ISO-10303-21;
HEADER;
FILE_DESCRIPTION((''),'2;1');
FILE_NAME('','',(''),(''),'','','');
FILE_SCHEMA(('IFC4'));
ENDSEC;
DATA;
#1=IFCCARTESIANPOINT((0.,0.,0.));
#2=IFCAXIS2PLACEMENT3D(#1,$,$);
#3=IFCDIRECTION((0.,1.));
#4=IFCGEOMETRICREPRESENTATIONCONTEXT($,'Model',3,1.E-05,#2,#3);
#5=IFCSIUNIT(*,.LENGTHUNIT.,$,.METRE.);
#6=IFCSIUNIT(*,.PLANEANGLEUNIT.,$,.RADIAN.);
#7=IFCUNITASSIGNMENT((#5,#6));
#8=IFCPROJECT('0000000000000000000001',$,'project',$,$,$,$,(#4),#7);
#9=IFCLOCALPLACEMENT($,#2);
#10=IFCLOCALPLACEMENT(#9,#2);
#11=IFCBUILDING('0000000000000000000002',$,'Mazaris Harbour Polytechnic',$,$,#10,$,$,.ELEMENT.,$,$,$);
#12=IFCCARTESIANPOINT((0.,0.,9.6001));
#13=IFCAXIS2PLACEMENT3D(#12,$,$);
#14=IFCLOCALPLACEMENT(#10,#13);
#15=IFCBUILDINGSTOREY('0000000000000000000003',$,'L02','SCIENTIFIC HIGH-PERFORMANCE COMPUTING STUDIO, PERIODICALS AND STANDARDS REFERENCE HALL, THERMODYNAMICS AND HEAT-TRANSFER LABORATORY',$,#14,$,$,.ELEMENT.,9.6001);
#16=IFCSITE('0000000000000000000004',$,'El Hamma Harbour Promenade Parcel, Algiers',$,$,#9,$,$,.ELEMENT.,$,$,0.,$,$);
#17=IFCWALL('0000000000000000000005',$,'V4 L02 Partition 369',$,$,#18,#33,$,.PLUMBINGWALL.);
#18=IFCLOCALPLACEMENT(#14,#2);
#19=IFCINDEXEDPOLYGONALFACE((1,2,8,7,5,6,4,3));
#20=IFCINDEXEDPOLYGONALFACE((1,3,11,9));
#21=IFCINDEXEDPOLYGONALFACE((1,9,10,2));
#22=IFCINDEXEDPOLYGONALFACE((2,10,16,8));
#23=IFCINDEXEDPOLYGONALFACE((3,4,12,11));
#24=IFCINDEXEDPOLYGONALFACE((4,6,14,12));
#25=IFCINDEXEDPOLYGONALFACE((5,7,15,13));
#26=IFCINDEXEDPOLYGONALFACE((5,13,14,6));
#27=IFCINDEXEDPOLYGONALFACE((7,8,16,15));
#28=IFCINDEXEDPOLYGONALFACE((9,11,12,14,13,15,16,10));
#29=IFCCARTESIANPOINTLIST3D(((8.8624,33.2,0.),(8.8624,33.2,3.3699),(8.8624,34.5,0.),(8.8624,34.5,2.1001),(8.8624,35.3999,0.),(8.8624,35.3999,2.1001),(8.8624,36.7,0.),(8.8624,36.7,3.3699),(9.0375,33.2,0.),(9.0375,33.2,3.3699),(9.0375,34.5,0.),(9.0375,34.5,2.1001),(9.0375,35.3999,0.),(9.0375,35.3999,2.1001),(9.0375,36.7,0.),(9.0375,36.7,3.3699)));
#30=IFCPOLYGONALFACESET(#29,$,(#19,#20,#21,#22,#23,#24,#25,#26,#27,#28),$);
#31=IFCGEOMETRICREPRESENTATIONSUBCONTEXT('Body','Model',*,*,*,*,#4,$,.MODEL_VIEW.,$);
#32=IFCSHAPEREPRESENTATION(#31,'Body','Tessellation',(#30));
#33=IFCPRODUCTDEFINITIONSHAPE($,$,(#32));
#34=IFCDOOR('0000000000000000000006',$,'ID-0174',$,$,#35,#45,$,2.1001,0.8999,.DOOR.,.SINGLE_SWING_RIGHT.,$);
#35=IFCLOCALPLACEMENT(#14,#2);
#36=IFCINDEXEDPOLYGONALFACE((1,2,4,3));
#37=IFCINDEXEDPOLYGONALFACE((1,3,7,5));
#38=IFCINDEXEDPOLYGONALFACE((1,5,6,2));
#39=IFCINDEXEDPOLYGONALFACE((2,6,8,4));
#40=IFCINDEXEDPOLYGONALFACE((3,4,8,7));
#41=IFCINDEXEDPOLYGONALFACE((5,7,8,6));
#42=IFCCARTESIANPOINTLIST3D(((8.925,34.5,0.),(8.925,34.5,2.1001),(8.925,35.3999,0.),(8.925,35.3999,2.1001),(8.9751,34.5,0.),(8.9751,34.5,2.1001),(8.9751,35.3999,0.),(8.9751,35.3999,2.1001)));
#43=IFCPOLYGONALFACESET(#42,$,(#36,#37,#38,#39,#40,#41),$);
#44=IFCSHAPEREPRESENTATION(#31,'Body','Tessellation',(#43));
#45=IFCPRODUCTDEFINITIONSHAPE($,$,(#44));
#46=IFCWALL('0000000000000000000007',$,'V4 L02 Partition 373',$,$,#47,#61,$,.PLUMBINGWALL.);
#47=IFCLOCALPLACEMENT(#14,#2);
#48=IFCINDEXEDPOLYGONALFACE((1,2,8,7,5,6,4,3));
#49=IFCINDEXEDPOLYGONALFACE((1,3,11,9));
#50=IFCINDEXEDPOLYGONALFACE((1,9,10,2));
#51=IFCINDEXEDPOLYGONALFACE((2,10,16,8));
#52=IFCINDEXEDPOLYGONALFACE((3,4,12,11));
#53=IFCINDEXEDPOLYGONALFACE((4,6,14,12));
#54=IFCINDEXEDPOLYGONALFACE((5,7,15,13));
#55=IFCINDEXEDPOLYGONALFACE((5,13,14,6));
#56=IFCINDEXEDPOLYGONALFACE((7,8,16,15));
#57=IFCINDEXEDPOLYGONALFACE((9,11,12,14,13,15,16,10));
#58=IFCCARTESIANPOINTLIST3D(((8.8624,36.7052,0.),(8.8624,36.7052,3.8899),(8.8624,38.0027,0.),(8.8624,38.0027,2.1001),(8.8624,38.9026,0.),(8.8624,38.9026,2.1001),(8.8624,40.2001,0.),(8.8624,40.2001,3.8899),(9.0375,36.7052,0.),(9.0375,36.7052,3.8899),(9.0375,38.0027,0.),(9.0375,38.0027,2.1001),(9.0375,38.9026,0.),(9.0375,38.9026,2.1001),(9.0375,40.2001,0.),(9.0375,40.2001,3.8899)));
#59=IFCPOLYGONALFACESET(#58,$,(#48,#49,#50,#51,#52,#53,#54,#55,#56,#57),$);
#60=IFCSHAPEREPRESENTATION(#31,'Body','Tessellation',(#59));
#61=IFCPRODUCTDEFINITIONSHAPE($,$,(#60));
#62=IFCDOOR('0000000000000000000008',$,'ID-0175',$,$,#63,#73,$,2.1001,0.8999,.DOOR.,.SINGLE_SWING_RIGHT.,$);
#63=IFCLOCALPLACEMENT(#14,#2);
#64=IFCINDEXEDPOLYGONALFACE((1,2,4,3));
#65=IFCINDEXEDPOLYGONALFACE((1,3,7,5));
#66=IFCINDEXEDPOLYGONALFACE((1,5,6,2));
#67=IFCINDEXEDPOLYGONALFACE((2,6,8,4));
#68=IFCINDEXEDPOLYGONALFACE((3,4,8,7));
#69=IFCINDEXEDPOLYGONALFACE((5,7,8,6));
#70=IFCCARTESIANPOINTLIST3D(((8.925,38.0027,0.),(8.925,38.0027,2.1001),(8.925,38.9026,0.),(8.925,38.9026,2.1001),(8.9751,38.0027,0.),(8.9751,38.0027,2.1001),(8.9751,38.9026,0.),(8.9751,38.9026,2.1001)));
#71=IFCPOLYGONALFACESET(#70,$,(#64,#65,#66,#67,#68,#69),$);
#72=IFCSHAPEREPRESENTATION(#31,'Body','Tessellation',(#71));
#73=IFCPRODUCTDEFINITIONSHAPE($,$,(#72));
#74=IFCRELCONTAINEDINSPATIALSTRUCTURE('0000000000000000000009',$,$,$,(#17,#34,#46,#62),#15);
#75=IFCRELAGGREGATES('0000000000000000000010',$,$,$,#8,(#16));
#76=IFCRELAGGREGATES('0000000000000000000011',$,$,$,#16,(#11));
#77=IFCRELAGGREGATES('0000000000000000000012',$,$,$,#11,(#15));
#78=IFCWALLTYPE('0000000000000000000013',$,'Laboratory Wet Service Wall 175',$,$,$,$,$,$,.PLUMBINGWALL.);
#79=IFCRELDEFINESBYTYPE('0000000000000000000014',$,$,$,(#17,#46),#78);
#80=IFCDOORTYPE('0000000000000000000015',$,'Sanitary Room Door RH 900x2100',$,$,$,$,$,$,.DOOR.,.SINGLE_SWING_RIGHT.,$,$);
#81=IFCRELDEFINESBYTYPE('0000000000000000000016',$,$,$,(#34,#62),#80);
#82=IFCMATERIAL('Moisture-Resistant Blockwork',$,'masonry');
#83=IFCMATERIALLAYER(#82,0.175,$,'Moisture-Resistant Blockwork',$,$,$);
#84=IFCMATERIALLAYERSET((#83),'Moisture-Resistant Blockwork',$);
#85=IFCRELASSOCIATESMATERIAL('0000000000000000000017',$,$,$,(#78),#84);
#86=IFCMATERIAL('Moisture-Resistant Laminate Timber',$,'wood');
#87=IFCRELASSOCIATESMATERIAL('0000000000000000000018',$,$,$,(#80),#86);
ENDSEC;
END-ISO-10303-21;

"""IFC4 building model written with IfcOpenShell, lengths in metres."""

from ifc_helpers import new_model, si_unit, direction, frame, frame_2d, origin, place, context, subcontext, project, spatial, rectangle, extrude, material, layer, layer_set, type_object, element, fill, save


model = new_model("IFC4")

# Units and contexts
model_context = context("Model", 3, precision=1e-05, world=origin(), true_north=direction((0.0, 1.0)))
body_context = subcontext(model_context, "Body", "Model", "MODEL_VIEW")
ifc_project = project(units=[si_unit("LENGTHUNIT", "METRE"), si_unit("PLANEANGLEUNIT", "RADIAN")], contexts=[model_context])

# Site, building, storey
site_placement = place(None, origin())
site = spatial("IfcSite", under=ifc_project, at=site_placement, Name="El Hamma Harbour Promenade Parcel, Algiers", CompositionType="ELEMENT", RefElevation=0.0)
building_placement = place(site_placement, origin())
building = spatial("IfcBuilding", under=site, at=building_placement, Name="Mazaris Harbour Polytechnic", CompositionType="ELEMENT")
storey_placement = place(building_placement, frame((0.0, 0.0, 9.6001)))
storey = spatial("IfcBuildingStorey", under=building, at=storey_placement, Name="L02", Description="SCIENTIFIC HIGH-PERFORMANCE COMPUTING STUDIO, PERIODICALS AND STANDARDS REFERENCE HALL, THERMODYNAMICS AND HEAT-TRANSFER LABORATORY", CompositionType="ELEMENT", Elevation=9.6001)

# Walls, openings, doors
ifc_material_1 = material(Name="Moisture-Resistant Blockwork", Category="masonry")
ifc_layer_1 = layer(ifc_material_1, 0.175, Name="Moisture-Resistant Blockwork")
ifc_layer_set_1 = layer_set([ifc_layer_1], Name="Moisture-Resistant Blockwork")
wall_type = type_object("IfcWallType", Name="Laboratory Wet Service Wall 175", PredefinedType="PLUMBINGWALL", material=ifc_layer_set_1)
wall_1_placement = place(storey_placement, frame((8.95, 33.2, 0.0), z_axis=(0.0, 0.0, 1.0), x_axis=(0.0, 1.0, 0.0)))
wall_1 = element("IfcWall", 1, at=wall_1_placement, inside=storey, type_object=wall_type, Name="V4 L02 Partition 369", PredefinedType="PLUMBINGWALL", context=body_context, shape_type="SweptSolid", body=[
    extrude(rectangle(XDim=3.5, YDim=0.175, at=frame_2d((1.75, 0.0))), origin(), (0.0, 0.0, 1.0), 3.3699),
])
opening_1_placement = place(wall_1_placement, frame((1.3, 0.0, 0.0)))
opening_1 = element("IfcOpeningElement", 2, at=opening_1_placement, cuts=wall_1, PredefinedType="OPENING", context=body_context, shape_type="SweptSolid", body=[
    extrude(rectangle(XDim=0.8999, YDim=2.1001, at=frame_2d((0.45, 1.05))), frame((0.0, 0.0974, 0.0), z_axis=(0.0, -1.0, 0.0), x_axis=(1.0, 0.0, 0.0)), (0.0, 0.0, 1.0), 0.1951),
])
ifc_material_2 = material(Name="Moisture-Resistant Laminate Timber", Category="wood")
door_type = type_object("IfcDoorType", Name="Sanitary Room Door RH 900x2100", OperationType="SINGLE_SWING_RIGHT", PredefinedType="DOOR", material=ifc_material_2)
door_1_placement = place(opening_1_placement, origin())
door_1 = element("IfcDoor", 3, at=door_1_placement, inside=storey, type_object=door_type, Name="ID-0174", OperationType="SINGLE_SWING_RIGHT", OverallHeight=2.1001, OverallWidth=0.8999, PredefinedType="DOOR", context=body_context, shape_type="SweptSolid", body=[
    extrude(rectangle(XDim=0.8999, YDim=2.1001, at=frame_2d((0.45, 1.05))), frame((0.0, 0.0249, 0.0), z_axis=(0.0, -1.0, 0.0), x_axis=(1.0, 0.0, 0.0)), (0.0, 0.0, 1.0), 0.05),
])
fill(opening_1, door_1)
wall_2_placement = place(storey_placement, frame((8.95, 36.7051, 0.0), z_axis=(0.0, 0.0, 1.0), x_axis=(0.0, 1.0, 0.0)))
wall_2 = element("IfcWall", 4, at=wall_2_placement, inside=storey, type_object=wall_type, Name="V4 L02 Partition 373", PredefinedType="PLUMBINGWALL", context=body_context, shape_type="SweptSolid", body=[
    extrude(rectangle(XDim=3.4949, YDim=0.175, at=frame_2d((1.7476, 0.0))), origin(), (0.0, 0.0, 1.0), 3.8899),
])
opening_2_placement = place(wall_2_placement, frame((1.2976, 0.0, 0.0)))
opening_2 = element("IfcOpeningElement", 5, at=opening_2_placement, cuts=wall_2, PredefinedType="OPENING", context=body_context, shape_type="SweptSolid", body=[
    extrude(rectangle(XDim=0.8999, YDim=2.1001, at=frame_2d((0.45, 1.05))), frame((0.0, 0.0974, 0.0), z_axis=(0.0, -1.0, 0.0), x_axis=(1.0, 0.0, 0.0)), (0.0, 0.0, 1.0), 0.1951),
])
door_2_placement = place(opening_2_placement, origin())
door_2 = element("IfcDoor", 6, at=door_2_placement, inside=storey, type_object=door_type, Name="ID-0175", OperationType="SINGLE_SWING_RIGHT", OverallHeight=2.1001, OverallWidth=0.8999, PredefinedType="DOOR", context=body_context, shape_type="SweptSolid", body=[
    extrude(rectangle(XDim=0.8999, YDim=2.1001, at=frame_2d((0.45, 1.05))), frame((0.0, 0.0249, 0.0), z_axis=(0.0, -1.0, 0.0), x_axis=(1.0, 0.0, 0.0)), (0.0, 0.0, 1.0), 0.05),
])
fill(opening_2, door_2)

save(model, "model.ifc")
